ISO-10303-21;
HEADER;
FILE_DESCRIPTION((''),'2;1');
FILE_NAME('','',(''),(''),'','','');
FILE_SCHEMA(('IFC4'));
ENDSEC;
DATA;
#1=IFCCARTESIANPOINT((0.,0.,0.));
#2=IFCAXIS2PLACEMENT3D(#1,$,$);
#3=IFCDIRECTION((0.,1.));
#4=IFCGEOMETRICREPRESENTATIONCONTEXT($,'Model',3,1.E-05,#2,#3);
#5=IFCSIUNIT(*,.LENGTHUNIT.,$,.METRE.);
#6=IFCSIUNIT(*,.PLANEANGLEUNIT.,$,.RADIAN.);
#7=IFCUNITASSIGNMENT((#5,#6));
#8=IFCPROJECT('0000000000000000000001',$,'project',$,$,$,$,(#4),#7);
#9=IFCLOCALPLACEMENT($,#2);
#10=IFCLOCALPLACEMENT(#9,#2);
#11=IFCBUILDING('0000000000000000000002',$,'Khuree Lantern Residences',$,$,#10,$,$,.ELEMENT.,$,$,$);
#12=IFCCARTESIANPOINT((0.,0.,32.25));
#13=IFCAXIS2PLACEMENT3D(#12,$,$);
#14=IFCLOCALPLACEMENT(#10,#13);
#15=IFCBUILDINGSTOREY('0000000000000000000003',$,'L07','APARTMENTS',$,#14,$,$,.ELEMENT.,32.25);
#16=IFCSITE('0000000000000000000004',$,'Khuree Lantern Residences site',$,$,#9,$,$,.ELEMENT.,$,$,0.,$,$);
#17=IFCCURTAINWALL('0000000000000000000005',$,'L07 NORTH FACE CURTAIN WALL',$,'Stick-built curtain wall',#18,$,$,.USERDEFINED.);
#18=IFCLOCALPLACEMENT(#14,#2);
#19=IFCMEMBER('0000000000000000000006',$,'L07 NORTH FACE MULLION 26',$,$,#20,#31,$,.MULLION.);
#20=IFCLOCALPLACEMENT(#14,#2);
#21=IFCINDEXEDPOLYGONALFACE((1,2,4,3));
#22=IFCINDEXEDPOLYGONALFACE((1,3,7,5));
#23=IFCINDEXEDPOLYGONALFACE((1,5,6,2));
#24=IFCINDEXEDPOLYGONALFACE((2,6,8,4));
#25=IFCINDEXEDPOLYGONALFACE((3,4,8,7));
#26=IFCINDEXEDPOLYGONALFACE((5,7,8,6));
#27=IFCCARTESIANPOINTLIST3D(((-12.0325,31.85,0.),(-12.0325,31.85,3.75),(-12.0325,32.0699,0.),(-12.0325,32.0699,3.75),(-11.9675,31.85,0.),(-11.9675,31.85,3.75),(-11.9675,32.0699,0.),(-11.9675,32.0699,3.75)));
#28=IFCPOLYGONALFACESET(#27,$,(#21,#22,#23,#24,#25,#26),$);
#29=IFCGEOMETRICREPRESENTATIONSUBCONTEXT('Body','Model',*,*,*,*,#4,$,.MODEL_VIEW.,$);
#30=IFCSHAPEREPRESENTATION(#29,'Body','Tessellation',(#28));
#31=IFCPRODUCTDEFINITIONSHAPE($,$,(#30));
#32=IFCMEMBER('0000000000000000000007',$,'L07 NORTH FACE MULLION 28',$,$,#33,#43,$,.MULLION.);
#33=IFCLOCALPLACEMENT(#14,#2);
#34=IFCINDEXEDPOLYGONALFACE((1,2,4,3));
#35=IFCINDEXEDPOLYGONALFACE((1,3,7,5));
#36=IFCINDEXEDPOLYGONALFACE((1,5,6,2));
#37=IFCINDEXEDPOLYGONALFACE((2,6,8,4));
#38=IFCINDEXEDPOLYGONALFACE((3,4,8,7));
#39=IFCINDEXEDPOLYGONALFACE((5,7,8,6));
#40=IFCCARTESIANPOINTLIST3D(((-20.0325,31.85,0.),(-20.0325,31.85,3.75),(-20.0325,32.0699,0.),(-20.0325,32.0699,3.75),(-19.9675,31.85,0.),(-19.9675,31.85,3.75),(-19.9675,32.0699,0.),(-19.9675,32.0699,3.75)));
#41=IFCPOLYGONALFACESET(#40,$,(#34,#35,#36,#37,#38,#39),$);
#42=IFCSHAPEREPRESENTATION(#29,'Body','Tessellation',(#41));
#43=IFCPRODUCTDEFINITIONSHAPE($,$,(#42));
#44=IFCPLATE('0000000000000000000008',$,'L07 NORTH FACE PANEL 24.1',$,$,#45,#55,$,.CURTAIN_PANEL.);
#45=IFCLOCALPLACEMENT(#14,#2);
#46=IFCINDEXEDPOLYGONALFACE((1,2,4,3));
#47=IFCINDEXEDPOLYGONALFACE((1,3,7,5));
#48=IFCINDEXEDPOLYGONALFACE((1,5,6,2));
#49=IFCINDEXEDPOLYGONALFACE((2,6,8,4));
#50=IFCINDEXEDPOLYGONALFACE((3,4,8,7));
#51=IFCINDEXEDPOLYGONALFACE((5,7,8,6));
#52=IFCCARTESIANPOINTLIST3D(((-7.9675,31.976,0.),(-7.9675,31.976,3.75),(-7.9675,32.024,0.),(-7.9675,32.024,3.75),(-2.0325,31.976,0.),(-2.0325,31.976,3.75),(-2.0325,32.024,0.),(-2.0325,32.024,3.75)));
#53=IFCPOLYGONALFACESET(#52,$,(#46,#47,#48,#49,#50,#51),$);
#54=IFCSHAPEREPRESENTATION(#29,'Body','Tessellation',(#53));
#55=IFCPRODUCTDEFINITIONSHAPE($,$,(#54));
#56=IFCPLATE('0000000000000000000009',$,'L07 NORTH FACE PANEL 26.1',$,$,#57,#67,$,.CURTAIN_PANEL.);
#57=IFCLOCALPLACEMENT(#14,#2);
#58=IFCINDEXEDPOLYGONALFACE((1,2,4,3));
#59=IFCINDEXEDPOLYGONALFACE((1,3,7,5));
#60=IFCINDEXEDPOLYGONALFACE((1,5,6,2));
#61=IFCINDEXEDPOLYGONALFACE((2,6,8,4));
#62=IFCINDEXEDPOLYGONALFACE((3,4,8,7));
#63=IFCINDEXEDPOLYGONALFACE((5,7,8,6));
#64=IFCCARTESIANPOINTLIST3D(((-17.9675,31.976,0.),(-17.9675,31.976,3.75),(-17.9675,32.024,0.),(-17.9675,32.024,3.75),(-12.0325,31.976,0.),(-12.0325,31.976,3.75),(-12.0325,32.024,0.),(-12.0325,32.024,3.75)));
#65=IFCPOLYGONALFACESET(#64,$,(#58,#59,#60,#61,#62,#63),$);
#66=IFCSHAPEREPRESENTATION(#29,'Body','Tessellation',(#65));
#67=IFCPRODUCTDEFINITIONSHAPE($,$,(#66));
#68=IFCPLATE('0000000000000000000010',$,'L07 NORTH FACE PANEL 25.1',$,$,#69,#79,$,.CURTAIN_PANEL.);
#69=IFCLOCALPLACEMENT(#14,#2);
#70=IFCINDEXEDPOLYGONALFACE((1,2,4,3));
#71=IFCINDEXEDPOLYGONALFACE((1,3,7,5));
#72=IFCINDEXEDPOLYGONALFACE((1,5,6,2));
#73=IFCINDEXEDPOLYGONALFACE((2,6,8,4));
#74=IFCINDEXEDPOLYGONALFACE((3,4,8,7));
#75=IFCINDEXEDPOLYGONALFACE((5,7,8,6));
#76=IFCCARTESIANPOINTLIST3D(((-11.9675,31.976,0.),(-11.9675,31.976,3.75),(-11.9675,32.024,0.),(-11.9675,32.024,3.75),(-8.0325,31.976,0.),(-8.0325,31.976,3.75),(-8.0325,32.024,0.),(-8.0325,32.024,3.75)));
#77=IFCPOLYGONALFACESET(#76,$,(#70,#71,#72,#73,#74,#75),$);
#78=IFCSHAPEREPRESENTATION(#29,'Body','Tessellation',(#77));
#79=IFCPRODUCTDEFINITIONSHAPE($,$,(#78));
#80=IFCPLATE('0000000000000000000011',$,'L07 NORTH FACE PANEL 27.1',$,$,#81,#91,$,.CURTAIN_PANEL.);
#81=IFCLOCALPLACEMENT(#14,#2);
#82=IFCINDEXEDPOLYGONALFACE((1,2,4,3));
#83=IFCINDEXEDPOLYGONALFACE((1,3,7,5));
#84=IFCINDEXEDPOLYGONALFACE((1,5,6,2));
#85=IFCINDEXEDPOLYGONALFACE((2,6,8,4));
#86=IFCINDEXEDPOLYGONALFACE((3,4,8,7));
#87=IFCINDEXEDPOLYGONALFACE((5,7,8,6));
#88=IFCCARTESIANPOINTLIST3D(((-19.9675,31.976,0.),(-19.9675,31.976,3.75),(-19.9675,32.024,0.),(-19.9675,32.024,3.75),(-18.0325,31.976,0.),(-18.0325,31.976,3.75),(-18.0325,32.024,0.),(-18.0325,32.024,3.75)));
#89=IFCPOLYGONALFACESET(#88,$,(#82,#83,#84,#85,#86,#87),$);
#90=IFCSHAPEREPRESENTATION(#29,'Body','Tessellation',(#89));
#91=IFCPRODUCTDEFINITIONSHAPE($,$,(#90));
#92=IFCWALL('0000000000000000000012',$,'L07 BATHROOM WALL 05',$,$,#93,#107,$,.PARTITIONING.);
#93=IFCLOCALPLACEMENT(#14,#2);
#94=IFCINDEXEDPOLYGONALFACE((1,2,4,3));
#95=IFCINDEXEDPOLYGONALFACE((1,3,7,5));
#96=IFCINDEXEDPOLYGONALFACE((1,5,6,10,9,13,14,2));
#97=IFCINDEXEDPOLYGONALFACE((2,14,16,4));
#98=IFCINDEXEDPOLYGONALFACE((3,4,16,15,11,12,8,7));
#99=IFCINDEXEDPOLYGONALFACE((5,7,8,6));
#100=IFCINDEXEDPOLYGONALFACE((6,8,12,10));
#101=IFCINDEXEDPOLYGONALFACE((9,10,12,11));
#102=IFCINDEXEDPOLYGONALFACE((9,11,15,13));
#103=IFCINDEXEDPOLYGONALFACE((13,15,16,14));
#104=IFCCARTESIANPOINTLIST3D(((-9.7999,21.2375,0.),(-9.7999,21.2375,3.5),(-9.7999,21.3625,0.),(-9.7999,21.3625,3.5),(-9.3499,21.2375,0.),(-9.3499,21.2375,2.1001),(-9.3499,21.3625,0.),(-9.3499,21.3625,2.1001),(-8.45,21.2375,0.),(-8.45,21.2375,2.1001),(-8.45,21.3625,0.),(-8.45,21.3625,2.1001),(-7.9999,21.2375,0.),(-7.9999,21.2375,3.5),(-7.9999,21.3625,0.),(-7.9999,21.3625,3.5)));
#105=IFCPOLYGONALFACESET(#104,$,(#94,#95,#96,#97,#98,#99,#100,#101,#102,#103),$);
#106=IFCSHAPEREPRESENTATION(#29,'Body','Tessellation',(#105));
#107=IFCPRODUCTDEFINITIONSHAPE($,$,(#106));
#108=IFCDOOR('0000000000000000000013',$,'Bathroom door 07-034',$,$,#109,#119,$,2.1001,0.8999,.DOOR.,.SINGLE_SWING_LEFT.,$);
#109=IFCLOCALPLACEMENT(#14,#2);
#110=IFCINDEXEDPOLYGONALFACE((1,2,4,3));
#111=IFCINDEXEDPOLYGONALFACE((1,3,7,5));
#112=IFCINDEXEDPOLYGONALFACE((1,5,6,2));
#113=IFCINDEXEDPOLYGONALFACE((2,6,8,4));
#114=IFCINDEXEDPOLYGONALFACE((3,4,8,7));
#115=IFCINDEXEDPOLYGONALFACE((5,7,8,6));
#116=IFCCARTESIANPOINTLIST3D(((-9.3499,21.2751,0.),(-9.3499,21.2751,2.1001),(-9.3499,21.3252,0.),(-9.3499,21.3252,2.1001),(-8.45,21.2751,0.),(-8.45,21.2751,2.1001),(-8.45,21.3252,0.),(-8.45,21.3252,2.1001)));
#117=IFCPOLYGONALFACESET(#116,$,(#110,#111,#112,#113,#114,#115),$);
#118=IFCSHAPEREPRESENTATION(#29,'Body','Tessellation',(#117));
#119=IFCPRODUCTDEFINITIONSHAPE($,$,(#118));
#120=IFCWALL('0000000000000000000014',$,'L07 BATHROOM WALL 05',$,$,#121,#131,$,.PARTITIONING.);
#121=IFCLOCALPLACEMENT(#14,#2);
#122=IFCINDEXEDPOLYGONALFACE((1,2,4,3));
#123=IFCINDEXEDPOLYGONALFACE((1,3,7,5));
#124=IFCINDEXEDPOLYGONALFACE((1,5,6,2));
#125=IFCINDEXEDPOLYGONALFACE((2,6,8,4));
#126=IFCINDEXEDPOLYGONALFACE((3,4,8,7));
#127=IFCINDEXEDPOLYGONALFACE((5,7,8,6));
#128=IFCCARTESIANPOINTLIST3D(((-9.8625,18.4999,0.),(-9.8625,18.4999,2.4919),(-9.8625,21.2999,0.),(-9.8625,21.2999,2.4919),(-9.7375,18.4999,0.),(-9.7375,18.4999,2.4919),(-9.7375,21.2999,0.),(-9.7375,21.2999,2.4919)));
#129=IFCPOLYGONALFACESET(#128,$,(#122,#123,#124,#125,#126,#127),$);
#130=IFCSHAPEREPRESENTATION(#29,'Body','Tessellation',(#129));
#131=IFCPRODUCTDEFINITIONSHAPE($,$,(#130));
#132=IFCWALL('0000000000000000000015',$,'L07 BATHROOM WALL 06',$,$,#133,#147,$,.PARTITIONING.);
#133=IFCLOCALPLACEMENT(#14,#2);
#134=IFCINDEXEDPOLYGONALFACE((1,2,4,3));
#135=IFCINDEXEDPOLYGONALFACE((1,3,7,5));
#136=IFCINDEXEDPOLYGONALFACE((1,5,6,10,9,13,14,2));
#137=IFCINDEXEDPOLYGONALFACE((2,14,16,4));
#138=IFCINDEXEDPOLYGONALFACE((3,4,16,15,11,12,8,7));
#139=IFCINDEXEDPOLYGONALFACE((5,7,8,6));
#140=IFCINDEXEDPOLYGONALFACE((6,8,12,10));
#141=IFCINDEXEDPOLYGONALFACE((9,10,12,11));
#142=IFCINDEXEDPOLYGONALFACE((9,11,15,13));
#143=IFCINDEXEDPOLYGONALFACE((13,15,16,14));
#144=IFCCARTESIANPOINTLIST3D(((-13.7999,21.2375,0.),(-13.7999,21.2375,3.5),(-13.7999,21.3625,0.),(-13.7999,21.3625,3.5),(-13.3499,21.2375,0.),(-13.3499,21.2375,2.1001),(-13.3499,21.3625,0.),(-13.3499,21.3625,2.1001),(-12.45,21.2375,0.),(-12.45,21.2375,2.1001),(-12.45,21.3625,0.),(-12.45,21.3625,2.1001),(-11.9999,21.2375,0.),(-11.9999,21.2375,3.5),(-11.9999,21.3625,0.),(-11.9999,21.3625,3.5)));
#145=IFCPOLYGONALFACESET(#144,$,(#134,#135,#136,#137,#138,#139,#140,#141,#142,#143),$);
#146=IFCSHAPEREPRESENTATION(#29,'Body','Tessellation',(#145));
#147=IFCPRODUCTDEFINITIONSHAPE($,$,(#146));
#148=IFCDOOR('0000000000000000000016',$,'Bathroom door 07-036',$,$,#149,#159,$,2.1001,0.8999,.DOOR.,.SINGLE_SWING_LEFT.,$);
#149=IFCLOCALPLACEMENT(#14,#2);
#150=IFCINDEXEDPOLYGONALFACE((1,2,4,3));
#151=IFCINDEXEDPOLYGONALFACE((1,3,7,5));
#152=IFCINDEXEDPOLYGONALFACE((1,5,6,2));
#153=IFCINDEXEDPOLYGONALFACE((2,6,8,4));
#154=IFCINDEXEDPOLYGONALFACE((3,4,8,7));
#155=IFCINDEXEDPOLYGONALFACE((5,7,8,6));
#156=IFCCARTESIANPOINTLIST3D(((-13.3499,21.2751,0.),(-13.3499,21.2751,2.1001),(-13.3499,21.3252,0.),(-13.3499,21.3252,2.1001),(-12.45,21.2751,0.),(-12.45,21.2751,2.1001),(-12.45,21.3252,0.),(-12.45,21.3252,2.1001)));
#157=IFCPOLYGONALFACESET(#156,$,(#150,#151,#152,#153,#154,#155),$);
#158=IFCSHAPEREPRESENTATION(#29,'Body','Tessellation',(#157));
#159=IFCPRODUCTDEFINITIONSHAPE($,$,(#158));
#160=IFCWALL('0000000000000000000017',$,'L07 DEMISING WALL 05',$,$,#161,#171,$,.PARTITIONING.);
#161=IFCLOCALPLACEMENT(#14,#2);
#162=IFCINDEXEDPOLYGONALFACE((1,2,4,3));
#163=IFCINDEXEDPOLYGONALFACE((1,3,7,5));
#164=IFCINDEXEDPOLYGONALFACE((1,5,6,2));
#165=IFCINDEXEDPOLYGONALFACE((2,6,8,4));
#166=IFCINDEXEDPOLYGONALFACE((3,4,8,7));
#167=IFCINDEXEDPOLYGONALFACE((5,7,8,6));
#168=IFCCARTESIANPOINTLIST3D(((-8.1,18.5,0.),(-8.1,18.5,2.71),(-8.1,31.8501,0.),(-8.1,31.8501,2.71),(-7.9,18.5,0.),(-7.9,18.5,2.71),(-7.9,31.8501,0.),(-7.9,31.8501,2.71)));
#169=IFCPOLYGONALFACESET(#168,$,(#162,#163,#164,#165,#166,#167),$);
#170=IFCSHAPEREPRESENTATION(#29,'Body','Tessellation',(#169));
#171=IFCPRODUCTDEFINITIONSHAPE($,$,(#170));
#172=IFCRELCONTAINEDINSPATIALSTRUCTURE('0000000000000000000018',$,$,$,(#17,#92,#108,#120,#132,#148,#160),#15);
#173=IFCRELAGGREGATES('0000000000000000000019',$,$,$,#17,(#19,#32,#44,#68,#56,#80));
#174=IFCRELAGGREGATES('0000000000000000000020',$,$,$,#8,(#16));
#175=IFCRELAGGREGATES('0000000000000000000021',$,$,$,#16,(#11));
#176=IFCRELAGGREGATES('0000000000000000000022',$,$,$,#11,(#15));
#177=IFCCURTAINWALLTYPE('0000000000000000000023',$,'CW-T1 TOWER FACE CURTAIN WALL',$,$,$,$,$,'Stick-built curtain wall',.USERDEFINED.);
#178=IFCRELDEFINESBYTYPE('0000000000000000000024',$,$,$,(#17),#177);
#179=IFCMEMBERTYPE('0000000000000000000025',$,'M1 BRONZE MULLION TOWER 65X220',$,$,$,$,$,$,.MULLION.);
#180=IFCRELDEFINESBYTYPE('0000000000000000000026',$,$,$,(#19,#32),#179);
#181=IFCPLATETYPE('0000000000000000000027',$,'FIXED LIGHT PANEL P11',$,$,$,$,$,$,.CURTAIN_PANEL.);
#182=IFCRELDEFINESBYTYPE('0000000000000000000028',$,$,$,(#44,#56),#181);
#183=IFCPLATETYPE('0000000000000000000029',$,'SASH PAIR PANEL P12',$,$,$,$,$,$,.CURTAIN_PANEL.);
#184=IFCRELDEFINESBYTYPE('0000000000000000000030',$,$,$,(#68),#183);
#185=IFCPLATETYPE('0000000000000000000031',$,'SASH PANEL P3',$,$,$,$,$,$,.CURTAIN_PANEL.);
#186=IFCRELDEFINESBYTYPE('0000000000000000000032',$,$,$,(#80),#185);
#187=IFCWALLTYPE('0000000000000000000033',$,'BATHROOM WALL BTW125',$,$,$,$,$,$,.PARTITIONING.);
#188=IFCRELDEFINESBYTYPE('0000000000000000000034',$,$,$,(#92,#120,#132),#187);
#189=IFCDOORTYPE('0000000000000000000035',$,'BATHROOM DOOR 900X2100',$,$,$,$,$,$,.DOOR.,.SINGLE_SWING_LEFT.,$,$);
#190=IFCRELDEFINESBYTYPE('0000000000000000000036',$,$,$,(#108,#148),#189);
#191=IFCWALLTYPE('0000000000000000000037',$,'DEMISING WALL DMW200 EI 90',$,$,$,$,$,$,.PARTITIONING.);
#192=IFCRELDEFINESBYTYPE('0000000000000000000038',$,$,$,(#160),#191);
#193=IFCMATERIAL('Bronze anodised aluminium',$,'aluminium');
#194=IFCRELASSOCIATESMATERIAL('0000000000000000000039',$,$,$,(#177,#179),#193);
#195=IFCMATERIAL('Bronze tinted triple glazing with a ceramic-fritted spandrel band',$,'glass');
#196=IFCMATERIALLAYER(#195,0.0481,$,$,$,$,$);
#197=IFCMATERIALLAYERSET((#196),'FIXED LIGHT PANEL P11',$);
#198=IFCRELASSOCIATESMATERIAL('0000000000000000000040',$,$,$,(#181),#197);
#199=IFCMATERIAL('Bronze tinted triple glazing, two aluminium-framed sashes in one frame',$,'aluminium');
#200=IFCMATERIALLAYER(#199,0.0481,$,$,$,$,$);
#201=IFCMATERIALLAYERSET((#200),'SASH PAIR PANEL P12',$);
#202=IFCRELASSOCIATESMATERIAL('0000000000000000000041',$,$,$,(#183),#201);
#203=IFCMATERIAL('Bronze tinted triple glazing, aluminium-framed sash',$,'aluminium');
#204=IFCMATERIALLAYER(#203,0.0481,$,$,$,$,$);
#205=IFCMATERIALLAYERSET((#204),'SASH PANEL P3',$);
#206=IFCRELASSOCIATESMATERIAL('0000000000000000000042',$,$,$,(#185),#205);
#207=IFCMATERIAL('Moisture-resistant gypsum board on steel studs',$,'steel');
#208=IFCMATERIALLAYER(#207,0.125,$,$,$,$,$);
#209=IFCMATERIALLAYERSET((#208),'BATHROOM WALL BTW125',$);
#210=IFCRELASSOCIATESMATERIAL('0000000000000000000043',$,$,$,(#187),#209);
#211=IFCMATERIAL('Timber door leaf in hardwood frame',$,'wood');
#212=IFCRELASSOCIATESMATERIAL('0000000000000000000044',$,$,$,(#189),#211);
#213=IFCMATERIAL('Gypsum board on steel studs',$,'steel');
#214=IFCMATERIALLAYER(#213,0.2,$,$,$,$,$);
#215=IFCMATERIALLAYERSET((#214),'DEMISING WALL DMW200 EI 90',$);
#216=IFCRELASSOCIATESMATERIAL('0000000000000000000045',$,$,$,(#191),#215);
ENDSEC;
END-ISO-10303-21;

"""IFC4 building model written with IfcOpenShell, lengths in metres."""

from ifc_helpers import new_model, si_unit, direction, frame, frame_2d, origin, origin_2d, place, context, subcontext, project, spatial, rectangle, extrude, material, layer, layer_set, material_profile, profile_set, type_object, element, fill, aggregate, save


model = new_model("IFC4")

# Units and contexts
model_context = context("Model", 3, precision=1e-05, world=origin(), true_north=direction((0.0, 1.0)))
body_context = subcontext(model_context, "Body", "Model", "MODEL_VIEW")
ifc_project = project(units=[si_unit("LENGTHUNIT", "METRE"), si_unit("PLANEANGLEUNIT", "RADIAN")], contexts=[model_context])

# Site, building, storey
site_placement = place(None, origin())
site = spatial("IfcSite", under=ifc_project, at=site_placement, Name="Khuree Lantern Residences site", CompositionType="ELEMENT", RefElevation=0.0)
building_placement = place(site_placement, origin())
building = spatial("IfcBuilding", under=site, at=building_placement, Name="Khuree Lantern Residences", CompositionType="ELEMENT")
storey_placement = place(building_placement, frame((0.0, 0.0, 32.25)))
storey = spatial("IfcBuildingStorey", under=building, at=storey_placement, Name="L07", Description="APARTMENTS", CompositionType="ELEMENT", Elevation=32.25)

# Curtain wall
ifc_material_1 = material(Name="Bronze anodised aluminium", Category="aluminium")
curtain_wall_type = type_object("IfcCurtainWallType", Name="CW-T1 TOWER FACE CURTAIN WALL", ElementType="Stick-built curtain wall", PredefinedType="USERDEFINED", material=ifc_material_1)
curtain_wall_placement = place(storey_placement, origin())
curtain_wall = element("IfcCurtainWall", 1, at=curtain_wall_placement, inside=storey, type_object=curtain_wall_type, Name="L07 NORTH FACE CURTAIN WALL", ObjectType="Stick-built curtain wall", PredefinedType="USERDEFINED")

# Members
ifc_material_profile_1 = material_profile(ifc_material_1, rectangle(XDim=0.0649, YDim=0.22, at=origin_2d()), Name="M1 65X220")
ifc_profile_set_1 = profile_set([ifc_material_profile_1], Name="Bronze anodised aluminium")
member_type_1 = type_object("IfcMemberType", Name="M1 BRONZE MULLION TOWER 65X220", PredefinedType="MULLION", material=ifc_profile_set_1)
member_1_placement = place(storey_placement, frame((-12.0, 31.96, 0.0), z_axis=(0.0, 0.0, 1.0), x_axis=(-1.0, 0.0, 0.0)))
member_1 = element("IfcMember", 2, at=member_1_placement, type_object=member_type_1, Name="L07 NORTH FACE MULLION 26", PredefinedType="MULLION", context=body_context, shape_type="SweptSolid", body=[
    extrude(rectangle(XDim=0.0649, YDim=0.22, at=origin_2d()), origin(), (0.0, 0.0, 1.0), 3.75),
])
member_2_placement = place(storey_placement, frame((-20.0, 31.96, 0.0), z_axis=(0.0, 0.0, 1.0), x_axis=(-1.0, 0.0, 0.0)))
member_2 = element("IfcMember", 3, at=member_2_placement, type_object=member_type_1, Name="L07 NORTH FACE MULLION 28", PredefinedType="MULLION", context=body_context, shape_type="SweptSolid", body=[
    extrude(rectangle(XDim=0.0649, YDim=0.22, at=origin_2d()), origin(), (0.0, 0.0, 1.0), 3.75),
])

# Plates
ifc_material_2 = material(Name="Bronze tinted triple glazing with a ceramic-fritted spandrel band", Category="glass")
ifc_layer_1 = layer(ifc_material_2, 0.0481)
ifc_layer_set_1 = layer_set([ifc_layer_1], Name="FIXED LIGHT PANEL P11")
plate_type_1 = type_object("IfcPlateType", Name="FIXED LIGHT PANEL P11", PredefinedType="CURTAIN_PANEL", material=ifc_layer_set_1)
plate_1_placement = place(storey_placement, frame((-5.0, 32.0, 0.0), z_axis=(0.0, 0.0, 1.0), x_axis=(-1.0, 0.0, 0.0)))
plate_1 = element("IfcPlate", 4, at=plate_1_placement, type_object=plate_type_1, Name="L07 NORTH FACE PANEL 24.1", PredefinedType="CURTAIN_PANEL", context=body_context, shape_type="SweptSolid", body=[
    extrude(rectangle(XDim=5.9351, YDim=0.0481, at=origin_2d()), origin(), (0.0, 0.0, 1.0), 3.75),
])
plate_2_placement = place(storey_placement, frame((-15.0, 32.0, 0.0), z_axis=(0.0, 0.0, 1.0), x_axis=(-1.0, 0.0, 0.0)))
plate_2 = element("IfcPlate", 5, at=plate_2_placement, type_object=plate_type_1, Name="L07 NORTH FACE PANEL 26.1", PredefinedType="CURTAIN_PANEL", context=body_context, shape_type="SweptSolid", body=[
    extrude(rectangle(XDim=5.9351, YDim=0.0481, at=origin_2d()), origin(), (0.0, 0.0, 1.0), 3.75),
])
ifc_material_3 = material(Name="Bronze tinted triple glazing, two aluminium-framed sashes in one frame", Category="aluminium")
ifc_layer_2 = layer(ifc_material_3, 0.0481)
ifc_layer_set_2 = layer_set([ifc_layer_2], Name="SASH PAIR PANEL P12")
plate_type_2 = type_object("IfcPlateType", Name="SASH PAIR PANEL P12", PredefinedType="CURTAIN_PANEL", material=ifc_layer_set_2)
plate_3_placement = place(storey_placement, frame((-10.0, 32.0, 0.0), z_axis=(0.0, 0.0, 1.0), x_axis=(-1.0, 0.0, 0.0)))
plate_3 = element("IfcPlate", 6, at=plate_3_placement, type_object=plate_type_2, Name="L07 NORTH FACE PANEL 25.1", PredefinedType="CURTAIN_PANEL", context=body_context, shape_type="SweptSolid", body=[
    extrude(rectangle(XDim=3.9351, YDim=0.0481, at=origin_2d()), origin(), (0.0, 0.0, 1.0), 3.75),
])
ifc_material_4 = material(Name="Bronze tinted triple glazing, aluminium-framed sash", Category="aluminium")
ifc_layer_3 = layer(ifc_material_4, 0.0481)
ifc_layer_set_3 = layer_set([ifc_layer_3], Name="SASH PANEL P3")
plate_type_3 = type_object("IfcPlateType", Name="SASH PANEL P3", PredefinedType="CURTAIN_PANEL", material=ifc_layer_set_3)
plate_4_placement = place(storey_placement, frame((-19.0, 32.0, 0.0), z_axis=(0.0, 0.0, 1.0), x_axis=(-1.0, 0.0, 0.0)))
plate_4 = element("IfcPlate", 7, at=plate_4_placement, type_object=plate_type_3, Name="L07 NORTH FACE PANEL 27.1", PredefinedType="CURTAIN_PANEL", context=body_context, shape_type="SweptSolid", body=[
    extrude(rectangle(XDim=1.9351, YDim=0.0481, at=origin_2d()), origin(), (0.0, 0.0, 1.0), 3.75),
])
aggregate(curtain_wall, [member_1, member_2, plate_1, plate_3, plate_2, plate_4])

# Wall, opening, door
ifc_material_5 = material(Name="Moisture-resistant gypsum board on steel studs", Category="steel")
ifc_layer_4 = layer(ifc_material_5, 0.125)
ifc_layer_set_4 = layer_set([ifc_layer_4], Name="BATHROOM WALL BTW125")
wall_type_1 = type_object("IfcWallType", Name="BATHROOM WALL BTW125", PredefinedType="PARTITIONING", material=ifc_layer_set_4)
wall_1_placement = place(storey_placement, frame((-8.0, 21.3, 0.0), z_axis=(0.0, 0.0, 1.0), x_axis=(-1.0, 0.0, 0.0)))
wall_1 = element("IfcWall", 8, at=wall_1_placement, inside=storey, type_object=wall_type_1, Name="L07 BATHROOM WALL 05", PredefinedType="PARTITIONING", context=body_context, shape_type="SweptSolid", body=[
    extrude(rectangle(XDim=1.8, YDim=0.125, at=frame_2d((0.8999, 0.0))), origin(), (0.0, 0.0, 1.0), 3.5),
])
opening_1_placement = place(wall_1_placement, frame((0.45, 0.0, 0.0)))
opening_1 = element("IfcOpeningElement", 9, at=opening_1_placement, cuts=wall_1, PredefinedType="OPENING", context=body_context, shape_type="SweptSolid", body=[
    extrude(rectangle(XDim=0.8999, YDim=2.1001, at=frame_2d((0.45, 1.05))), frame((0.0, 0.0725, 0.0), z_axis=(0.0, -1.0, 0.0), x_axis=(1.0, 0.0, 0.0)), (0.0, 0.0, 1.0), 0.145),
])
ifc_material_6 = material(Name="Timber door leaf in hardwood frame", Category="wood")
door_type_1 = type_object("IfcDoorType", Name="BATHROOM DOOR 900X2100", OperationType="SINGLE_SWING_LEFT", PredefinedType="DOOR", material=ifc_material_6)
door_1_placement = place(opening_1_placement, origin())
door_1 = element("IfcDoor", 10, at=door_1_placement, inside=storey, type_object=door_type_1, Name="Bathroom door 07-034", OperationType="SINGLE_SWING_LEFT", OverallHeight=2.1001, OverallWidth=0.8999, PredefinedType="DOOR", context=body_context, shape_type="SweptSolid", body=[
    extrude(rectangle(XDim=0.8999, YDim=2.1001, at=frame_2d((0.45, 1.05))), frame((0.0, 0.0249, 0.0), z_axis=(0.0, -1.0, 0.0), x_axis=(1.0, 0.0, 0.0)), (0.0, 0.0, 1.0), 0.05),
])
fill(opening_1, door_1)

# Wall
wall_2_placement = place(storey_placement, frame((-9.8, 18.5, 0.0), z_axis=(0.0, 0.0, 1.0), x_axis=(0.0, 1.0, 0.0)))
element("IfcWall", 11, at=wall_2_placement, inside=storey, type_object=wall_type_1, Name="L07 BATHROOM WALL 05", PredefinedType="PARTITIONING", context=body_context, shape_type="SweptSolid", body=[
    extrude(rectangle(XDim=2.8, YDim=0.125, at=frame_2d((1.3999, 0.0))), origin(), (0.0, 0.0, 1.0), 2.4919),
])

# Wall, opening, door
wall_3_placement = place(storey_placement, frame((-12.0, 21.3, 0.0), z_axis=(0.0, 0.0, 1.0), x_axis=(-1.0, 0.0, 0.0)))
wall_3 = element("IfcWall", 12, at=wall_3_placement, inside=storey, type_object=wall_type_1, Name="L07 BATHROOM WALL 06", PredefinedType="PARTITIONING", context=body_context, shape_type="SweptSolid", body=[
    extrude(rectangle(XDim=1.8, YDim=0.125, at=frame_2d((0.8999, 0.0))), origin(), (0.0, 0.0, 1.0), 3.5),
])
opening_2_placement = place(wall_3_placement, frame((0.45, 0.0, 0.0)))
opening_2 = element("IfcOpeningElement", 13, at=opening_2_placement, cuts=wall_3, PredefinedType="OPENING", context=body_context, shape_type="SweptSolid", body=[
    extrude(rectangle(XDim=0.8999, YDim=2.1001, at=frame_2d((0.45, 1.05))), frame((0.0, 0.0725, 0.0), z_axis=(0.0, -1.0, 0.0), x_axis=(1.0, 0.0, 0.0)), (0.0, 0.0, 1.0), 0.145),
])
door_2_placement = place(opening_2_placement, origin())
door_2 = element("IfcDoor", 14, at=door_2_placement, inside=storey, type_object=door_type_1, Name="Bathroom door 07-036", OperationType="SINGLE_SWING_LEFT", OverallHeight=2.1001, OverallWidth=0.8999, PredefinedType="DOOR", context=body_context, shape_type="SweptSolid", body=[
    extrude(rectangle(XDim=0.8999, YDim=2.1001, at=frame_2d((0.45, 1.05))), frame((0.0, 0.0249, 0.0), z_axis=(0.0, -1.0, 0.0), x_axis=(1.0, 0.0, 0.0)), (0.0, 0.0, 1.0), 0.05),
])
fill(opening_2, door_2)

# Wall
ifc_material_7 = material(Name="Gypsum board on steel studs", Category="steel")
ifc_layer_5 = layer(ifc_material_7, 0.2)
ifc_layer_set_5 = layer_set([ifc_layer_5], Name="DEMISING WALL DMW200 EI 90")
wall_type_2 = type_object("IfcWallType", Name="DEMISING WALL DMW200 EI 90", PredefinedType="PARTITIONING", material=ifc_layer_set_5)
wall_4_placement = place(storey_placement, frame((-8.0, 18.5, 0.0), z_axis=(0.0, 0.0, 1.0), x_axis=(0.0, 1.0, 0.0)))
element("IfcWall", 15, at=wall_4_placement, inside=storey, type_object=wall_type_2, Name="L07 DEMISING WALL 05", PredefinedType="PARTITIONING", context=body_context, shape_type="SweptSolid", body=[
    extrude(rectangle(XDim=13.3501, YDim=0.2, at=frame_2d((6.675, 0.0))), origin(), (0.0, 0.0, 1.0), 2.71),
])

save(model, "model.ifc")
